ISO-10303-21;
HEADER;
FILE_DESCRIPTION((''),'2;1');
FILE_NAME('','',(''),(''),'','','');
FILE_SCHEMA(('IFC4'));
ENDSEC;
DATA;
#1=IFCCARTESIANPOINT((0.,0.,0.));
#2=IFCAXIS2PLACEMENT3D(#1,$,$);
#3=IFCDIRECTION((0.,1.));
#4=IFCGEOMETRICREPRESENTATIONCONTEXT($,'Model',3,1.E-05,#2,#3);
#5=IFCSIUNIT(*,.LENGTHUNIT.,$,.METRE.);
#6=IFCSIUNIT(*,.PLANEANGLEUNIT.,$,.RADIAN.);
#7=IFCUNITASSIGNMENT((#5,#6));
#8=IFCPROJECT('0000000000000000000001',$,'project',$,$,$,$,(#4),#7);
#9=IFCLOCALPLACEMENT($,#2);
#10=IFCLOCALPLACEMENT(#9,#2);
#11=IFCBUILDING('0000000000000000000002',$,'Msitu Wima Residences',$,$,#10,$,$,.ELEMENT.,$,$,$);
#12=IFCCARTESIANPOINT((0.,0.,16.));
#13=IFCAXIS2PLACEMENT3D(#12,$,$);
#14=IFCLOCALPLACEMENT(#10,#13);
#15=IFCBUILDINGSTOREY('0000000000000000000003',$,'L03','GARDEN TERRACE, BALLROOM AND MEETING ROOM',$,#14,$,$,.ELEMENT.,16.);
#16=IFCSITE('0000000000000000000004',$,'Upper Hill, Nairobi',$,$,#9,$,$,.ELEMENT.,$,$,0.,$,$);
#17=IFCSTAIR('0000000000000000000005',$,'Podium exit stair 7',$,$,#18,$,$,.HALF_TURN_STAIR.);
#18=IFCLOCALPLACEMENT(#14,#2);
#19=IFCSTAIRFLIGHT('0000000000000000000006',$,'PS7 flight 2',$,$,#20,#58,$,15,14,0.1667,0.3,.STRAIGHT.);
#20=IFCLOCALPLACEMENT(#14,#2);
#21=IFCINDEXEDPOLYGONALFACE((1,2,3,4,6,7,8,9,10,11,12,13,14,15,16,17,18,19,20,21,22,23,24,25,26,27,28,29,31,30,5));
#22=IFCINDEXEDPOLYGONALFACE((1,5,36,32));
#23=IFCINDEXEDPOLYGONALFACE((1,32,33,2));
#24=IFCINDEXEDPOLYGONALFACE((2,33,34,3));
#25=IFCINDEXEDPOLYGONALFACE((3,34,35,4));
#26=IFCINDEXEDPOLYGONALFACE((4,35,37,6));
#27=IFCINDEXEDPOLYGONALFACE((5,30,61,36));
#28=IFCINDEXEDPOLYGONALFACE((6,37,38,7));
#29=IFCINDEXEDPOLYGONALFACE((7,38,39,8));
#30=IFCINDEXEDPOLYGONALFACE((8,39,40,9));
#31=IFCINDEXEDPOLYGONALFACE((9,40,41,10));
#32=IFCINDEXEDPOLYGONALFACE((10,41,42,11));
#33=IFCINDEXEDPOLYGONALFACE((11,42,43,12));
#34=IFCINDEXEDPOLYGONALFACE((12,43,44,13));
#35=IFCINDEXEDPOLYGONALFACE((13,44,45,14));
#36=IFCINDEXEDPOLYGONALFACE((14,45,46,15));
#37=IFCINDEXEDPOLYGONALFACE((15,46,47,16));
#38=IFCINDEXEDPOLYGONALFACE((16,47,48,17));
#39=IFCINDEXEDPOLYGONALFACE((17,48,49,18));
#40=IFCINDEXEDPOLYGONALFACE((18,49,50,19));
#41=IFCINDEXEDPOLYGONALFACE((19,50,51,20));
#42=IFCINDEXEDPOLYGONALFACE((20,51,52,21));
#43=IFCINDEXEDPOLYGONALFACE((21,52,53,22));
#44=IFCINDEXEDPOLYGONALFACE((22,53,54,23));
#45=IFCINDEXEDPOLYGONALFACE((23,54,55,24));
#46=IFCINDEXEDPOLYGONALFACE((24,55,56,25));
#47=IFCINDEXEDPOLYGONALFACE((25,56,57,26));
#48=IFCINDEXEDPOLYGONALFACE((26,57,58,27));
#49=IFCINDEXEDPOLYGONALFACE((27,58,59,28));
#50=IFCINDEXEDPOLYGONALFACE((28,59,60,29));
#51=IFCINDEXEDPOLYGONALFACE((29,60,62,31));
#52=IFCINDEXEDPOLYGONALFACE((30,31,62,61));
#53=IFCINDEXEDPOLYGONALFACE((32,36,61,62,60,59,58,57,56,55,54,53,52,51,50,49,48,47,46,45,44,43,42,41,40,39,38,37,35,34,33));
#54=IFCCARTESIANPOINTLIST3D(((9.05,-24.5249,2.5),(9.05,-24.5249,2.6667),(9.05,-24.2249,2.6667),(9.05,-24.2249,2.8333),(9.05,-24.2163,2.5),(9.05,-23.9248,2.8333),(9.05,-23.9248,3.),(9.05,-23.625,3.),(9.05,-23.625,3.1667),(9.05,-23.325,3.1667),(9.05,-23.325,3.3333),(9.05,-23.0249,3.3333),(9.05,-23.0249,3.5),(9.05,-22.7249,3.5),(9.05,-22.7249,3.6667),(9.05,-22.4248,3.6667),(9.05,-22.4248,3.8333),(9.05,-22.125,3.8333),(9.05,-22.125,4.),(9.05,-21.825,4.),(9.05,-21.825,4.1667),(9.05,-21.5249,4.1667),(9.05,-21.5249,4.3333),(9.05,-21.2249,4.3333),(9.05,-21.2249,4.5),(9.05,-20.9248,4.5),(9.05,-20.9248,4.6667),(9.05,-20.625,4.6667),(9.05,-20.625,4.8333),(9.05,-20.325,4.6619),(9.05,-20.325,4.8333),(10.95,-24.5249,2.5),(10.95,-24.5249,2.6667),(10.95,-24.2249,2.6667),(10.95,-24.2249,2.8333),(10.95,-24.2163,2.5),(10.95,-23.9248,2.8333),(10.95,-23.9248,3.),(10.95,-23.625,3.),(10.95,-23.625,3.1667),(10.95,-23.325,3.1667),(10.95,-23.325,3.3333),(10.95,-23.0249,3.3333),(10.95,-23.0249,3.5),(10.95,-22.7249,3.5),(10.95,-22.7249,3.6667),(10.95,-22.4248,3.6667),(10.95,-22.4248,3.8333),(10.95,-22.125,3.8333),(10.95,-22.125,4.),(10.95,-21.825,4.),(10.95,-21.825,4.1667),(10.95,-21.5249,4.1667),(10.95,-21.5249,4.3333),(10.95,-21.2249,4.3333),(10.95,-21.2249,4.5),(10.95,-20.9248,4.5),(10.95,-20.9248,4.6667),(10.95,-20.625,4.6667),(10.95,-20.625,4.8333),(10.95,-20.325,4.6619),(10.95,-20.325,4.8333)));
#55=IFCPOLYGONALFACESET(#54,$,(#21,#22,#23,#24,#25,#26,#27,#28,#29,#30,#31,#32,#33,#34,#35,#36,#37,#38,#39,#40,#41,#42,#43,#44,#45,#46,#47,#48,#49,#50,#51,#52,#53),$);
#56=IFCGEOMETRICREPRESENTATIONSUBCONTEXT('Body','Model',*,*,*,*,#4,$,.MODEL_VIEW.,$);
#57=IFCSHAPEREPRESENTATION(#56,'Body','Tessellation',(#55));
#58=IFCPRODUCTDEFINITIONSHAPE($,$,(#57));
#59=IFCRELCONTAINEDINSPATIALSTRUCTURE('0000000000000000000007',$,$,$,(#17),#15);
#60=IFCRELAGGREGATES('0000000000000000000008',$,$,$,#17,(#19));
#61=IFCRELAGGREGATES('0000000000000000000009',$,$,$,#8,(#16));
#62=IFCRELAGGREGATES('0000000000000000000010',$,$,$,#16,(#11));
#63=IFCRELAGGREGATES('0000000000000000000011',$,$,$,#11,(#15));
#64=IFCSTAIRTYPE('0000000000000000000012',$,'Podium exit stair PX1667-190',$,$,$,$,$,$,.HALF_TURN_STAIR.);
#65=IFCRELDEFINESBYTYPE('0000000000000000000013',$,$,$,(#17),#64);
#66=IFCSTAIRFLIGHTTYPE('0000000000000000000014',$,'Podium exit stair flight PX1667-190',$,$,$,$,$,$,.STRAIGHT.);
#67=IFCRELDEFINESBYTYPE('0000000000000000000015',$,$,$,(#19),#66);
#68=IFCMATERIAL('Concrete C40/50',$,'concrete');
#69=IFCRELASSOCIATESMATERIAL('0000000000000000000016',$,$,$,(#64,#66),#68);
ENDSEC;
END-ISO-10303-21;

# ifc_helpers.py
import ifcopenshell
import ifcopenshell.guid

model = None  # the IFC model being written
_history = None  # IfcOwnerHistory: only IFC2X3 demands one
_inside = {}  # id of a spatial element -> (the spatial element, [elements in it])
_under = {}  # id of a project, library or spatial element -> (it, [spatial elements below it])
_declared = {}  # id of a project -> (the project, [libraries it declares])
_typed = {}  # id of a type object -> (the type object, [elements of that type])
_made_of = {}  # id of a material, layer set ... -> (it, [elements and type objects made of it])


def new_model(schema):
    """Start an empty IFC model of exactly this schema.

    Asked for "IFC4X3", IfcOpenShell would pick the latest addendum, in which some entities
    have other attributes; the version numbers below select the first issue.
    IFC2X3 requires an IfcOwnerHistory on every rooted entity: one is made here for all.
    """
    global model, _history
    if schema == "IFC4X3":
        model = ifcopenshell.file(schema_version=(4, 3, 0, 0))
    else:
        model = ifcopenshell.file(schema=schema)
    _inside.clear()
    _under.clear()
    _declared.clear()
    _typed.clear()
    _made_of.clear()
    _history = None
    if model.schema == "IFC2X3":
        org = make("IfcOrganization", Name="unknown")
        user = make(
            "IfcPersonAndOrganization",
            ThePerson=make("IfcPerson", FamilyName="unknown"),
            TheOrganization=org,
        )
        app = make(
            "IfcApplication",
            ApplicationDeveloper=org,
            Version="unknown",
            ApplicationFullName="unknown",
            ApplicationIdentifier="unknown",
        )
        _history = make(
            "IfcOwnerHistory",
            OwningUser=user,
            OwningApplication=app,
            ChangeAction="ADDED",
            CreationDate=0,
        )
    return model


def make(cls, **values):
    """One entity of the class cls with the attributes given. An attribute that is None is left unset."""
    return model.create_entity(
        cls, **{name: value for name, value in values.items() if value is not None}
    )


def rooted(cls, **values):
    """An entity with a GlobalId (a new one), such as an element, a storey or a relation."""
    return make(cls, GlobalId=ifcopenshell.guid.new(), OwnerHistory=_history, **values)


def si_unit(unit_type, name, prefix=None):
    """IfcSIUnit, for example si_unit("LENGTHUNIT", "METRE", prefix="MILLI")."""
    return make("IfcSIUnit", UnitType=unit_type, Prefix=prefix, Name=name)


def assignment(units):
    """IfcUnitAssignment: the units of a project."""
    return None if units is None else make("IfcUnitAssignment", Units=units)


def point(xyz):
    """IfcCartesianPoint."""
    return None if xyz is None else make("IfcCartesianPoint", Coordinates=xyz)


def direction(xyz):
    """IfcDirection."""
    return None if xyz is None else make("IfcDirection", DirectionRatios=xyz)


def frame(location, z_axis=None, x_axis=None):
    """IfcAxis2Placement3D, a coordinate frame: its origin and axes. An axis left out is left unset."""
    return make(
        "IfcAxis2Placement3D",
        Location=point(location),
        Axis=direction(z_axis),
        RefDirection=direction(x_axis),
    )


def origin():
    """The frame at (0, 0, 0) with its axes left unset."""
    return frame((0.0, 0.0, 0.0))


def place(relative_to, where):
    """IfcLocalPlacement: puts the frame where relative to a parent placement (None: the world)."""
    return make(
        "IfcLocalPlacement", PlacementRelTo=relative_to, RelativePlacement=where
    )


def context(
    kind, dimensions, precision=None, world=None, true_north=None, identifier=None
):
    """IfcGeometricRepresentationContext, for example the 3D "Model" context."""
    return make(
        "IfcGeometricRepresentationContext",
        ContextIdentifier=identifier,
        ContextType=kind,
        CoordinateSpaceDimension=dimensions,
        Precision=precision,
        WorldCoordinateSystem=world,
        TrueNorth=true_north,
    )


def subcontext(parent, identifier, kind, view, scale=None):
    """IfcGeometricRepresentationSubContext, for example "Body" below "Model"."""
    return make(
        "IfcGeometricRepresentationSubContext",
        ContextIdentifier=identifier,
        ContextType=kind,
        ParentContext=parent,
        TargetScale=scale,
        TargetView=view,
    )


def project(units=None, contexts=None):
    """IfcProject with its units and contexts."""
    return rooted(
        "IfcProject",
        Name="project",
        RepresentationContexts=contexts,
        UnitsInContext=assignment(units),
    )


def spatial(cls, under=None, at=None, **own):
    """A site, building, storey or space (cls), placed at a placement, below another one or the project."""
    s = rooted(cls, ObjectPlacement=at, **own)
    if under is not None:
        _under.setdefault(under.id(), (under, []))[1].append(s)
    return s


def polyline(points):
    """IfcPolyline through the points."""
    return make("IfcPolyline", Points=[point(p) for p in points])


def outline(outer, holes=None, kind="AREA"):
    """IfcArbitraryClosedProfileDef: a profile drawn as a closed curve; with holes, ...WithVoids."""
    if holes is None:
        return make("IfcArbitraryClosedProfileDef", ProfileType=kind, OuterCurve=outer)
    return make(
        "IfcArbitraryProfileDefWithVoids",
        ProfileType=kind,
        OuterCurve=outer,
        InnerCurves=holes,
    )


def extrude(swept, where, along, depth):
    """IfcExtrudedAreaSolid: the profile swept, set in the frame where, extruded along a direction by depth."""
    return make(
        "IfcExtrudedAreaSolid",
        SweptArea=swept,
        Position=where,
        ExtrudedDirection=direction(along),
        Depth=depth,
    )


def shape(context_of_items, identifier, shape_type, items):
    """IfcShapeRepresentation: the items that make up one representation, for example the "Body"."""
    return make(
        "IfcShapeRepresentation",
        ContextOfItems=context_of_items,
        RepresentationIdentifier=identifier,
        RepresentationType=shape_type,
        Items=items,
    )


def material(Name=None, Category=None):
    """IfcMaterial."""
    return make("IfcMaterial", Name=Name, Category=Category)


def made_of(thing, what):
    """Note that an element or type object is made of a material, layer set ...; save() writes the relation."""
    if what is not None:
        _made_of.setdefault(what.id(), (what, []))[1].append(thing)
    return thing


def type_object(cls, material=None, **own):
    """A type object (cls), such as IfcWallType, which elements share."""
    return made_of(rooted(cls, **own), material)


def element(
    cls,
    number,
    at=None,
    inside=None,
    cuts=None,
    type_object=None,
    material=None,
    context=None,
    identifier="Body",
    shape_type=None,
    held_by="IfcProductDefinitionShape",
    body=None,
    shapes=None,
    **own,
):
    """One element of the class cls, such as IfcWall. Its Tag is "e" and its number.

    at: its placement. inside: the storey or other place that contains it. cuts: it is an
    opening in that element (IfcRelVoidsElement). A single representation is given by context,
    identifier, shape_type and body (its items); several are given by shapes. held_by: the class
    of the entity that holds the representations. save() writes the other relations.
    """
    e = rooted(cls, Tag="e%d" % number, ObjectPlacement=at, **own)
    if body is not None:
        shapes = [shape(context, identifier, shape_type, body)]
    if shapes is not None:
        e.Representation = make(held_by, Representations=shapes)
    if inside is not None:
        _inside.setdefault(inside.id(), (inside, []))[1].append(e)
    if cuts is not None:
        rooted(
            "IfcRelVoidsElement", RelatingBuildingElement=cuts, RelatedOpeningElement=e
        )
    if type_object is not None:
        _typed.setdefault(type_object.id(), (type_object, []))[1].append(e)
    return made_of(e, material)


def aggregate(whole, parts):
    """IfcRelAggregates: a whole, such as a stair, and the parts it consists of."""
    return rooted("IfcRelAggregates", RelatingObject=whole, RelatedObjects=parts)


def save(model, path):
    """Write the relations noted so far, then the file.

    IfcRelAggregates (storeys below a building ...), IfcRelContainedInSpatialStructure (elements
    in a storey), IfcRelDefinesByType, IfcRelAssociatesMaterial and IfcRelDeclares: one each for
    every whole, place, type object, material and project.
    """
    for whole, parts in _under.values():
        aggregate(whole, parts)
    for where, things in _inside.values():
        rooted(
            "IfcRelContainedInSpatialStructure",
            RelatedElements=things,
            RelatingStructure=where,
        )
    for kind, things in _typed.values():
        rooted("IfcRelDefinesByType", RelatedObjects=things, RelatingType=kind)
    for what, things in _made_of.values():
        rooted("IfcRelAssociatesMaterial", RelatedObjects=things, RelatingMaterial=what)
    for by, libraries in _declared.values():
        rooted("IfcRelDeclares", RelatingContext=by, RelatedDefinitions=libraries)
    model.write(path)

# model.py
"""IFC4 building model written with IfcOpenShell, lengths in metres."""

from ifc_helpers import new_model, si_unit, direction, frame, origin, place, context, subcontext, project, spatial, polyline, outline, extrude, material, type_object, element, aggregate, save


model = new_model("IFC4")

# Units and contexts
model_context = context("Model", 3, precision=1e-05, world=origin(), true_north=direction((0.0, 1.0)))
body_context = subcontext(model_context, "Body", "Model", "MODEL_VIEW")
ifc_project = project(units=[si_unit("LENGTHUNIT", "METRE"), si_unit("PLANEANGLEUNIT", "RADIAN")], contexts=[model_context])

# Site, building, storey
site_placement = place(None, origin())
site = spatial("IfcSite", under=ifc_project, at=site_placement, Name="Upper Hill, Nairobi", CompositionType="ELEMENT", RefElevation=0.0)
building_placement = place(site_placement, origin())
building = spatial("IfcBuilding", under=site, at=building_placement, Name="Msitu Wima Residences", CompositionType="ELEMENT")
storey_placement = place(building_placement, frame((0.0, 0.0, 16.0)))
storey = spatial("IfcBuildingStorey", under=building, at=storey_placement, Name="L03", Description="GARDEN TERRACE, BALLROOM AND MEETING ROOM", CompositionType="ELEMENT", Elevation=16.0)

# Shared definitions
ifc_material_1 = material(Name="Concrete C40/50", Category="concrete")

# Stair, stair flight
stair_type = type_object("IfcStairType", Name="Podium exit stair PX1667-190", PredefinedType="HALF_TURN_STAIR", material=ifc_material_1)
stair_placement = place(storey_placement, origin())
stair = element("IfcStair", 1, at=stair_placement, inside=storey, type_object=stair_type, Name="Podium exit stair 7", PredefinedType="HALF_TURN_STAIR")
stair_flight_type = type_object("IfcStairFlightType", Name="Podium exit stair flight PX1667-190", PredefinedType="STRAIGHT", material=ifc_material_1)
stair_flight_1_placement = place(storey_placement, frame((10.0, -24.5249, 2.5), z_axis=(0.0, 0.0, 1.0), x_axis=(0.0, 1.0, 0.0)))
stair_flight_1 = element("IfcStairFlight", 2, at=stair_flight_1_placement, type_object=stair_flight_type, Name="PS7 flight 2", NumberOfRisers=15, NumberOfTreads=14, PredefinedType="STRAIGHT", RiserHeight=0.1667, TreadLength=0.3, context=body_context, shape_type="SweptSolid", body=[
    extrude(outline(polyline([(0.0, 0.0), (0.0, 0.1667), (0.3, 0.1667), (0.3, 0.3333), (0.6001, 0.3333), (0.6001, 0.5), (0.8999, 0.5), (0.8999, 0.6667), (1.2, 0.6667), (1.2, 0.8333), (1.5, 0.8333), (1.5, 1.0), (1.8, 1.0), (1.8, 1.1667), (2.1001, 1.1667), (2.1001, 1.3333), (2.3999, 1.3333), (2.3999, 1.5), (2.7, 1.5), (2.7, 1.6667), (3.0, 1.6667), (3.0, 1.8333), (3.3, 1.8333), (3.3, 2.0), (3.6001, 2.0), (3.6001, 2.1667), (3.8999, 2.1667), (3.8999, 2.3333), (4.2, 2.3333), (4.2, 2.5), (4.2, 2.1619), (0.3086, 0.0), (0.0, 0.0)])), frame((0.0, 0.95, 0.0), z_axis=(0.0, -1.0, 0.0), x_axis=(1.0, 0.0, 0.0)), (0.0, 0.0, 1.0), 1.8999),
])
aggregate(stair, [stair_flight_1])

save(model, "model.ifc")
